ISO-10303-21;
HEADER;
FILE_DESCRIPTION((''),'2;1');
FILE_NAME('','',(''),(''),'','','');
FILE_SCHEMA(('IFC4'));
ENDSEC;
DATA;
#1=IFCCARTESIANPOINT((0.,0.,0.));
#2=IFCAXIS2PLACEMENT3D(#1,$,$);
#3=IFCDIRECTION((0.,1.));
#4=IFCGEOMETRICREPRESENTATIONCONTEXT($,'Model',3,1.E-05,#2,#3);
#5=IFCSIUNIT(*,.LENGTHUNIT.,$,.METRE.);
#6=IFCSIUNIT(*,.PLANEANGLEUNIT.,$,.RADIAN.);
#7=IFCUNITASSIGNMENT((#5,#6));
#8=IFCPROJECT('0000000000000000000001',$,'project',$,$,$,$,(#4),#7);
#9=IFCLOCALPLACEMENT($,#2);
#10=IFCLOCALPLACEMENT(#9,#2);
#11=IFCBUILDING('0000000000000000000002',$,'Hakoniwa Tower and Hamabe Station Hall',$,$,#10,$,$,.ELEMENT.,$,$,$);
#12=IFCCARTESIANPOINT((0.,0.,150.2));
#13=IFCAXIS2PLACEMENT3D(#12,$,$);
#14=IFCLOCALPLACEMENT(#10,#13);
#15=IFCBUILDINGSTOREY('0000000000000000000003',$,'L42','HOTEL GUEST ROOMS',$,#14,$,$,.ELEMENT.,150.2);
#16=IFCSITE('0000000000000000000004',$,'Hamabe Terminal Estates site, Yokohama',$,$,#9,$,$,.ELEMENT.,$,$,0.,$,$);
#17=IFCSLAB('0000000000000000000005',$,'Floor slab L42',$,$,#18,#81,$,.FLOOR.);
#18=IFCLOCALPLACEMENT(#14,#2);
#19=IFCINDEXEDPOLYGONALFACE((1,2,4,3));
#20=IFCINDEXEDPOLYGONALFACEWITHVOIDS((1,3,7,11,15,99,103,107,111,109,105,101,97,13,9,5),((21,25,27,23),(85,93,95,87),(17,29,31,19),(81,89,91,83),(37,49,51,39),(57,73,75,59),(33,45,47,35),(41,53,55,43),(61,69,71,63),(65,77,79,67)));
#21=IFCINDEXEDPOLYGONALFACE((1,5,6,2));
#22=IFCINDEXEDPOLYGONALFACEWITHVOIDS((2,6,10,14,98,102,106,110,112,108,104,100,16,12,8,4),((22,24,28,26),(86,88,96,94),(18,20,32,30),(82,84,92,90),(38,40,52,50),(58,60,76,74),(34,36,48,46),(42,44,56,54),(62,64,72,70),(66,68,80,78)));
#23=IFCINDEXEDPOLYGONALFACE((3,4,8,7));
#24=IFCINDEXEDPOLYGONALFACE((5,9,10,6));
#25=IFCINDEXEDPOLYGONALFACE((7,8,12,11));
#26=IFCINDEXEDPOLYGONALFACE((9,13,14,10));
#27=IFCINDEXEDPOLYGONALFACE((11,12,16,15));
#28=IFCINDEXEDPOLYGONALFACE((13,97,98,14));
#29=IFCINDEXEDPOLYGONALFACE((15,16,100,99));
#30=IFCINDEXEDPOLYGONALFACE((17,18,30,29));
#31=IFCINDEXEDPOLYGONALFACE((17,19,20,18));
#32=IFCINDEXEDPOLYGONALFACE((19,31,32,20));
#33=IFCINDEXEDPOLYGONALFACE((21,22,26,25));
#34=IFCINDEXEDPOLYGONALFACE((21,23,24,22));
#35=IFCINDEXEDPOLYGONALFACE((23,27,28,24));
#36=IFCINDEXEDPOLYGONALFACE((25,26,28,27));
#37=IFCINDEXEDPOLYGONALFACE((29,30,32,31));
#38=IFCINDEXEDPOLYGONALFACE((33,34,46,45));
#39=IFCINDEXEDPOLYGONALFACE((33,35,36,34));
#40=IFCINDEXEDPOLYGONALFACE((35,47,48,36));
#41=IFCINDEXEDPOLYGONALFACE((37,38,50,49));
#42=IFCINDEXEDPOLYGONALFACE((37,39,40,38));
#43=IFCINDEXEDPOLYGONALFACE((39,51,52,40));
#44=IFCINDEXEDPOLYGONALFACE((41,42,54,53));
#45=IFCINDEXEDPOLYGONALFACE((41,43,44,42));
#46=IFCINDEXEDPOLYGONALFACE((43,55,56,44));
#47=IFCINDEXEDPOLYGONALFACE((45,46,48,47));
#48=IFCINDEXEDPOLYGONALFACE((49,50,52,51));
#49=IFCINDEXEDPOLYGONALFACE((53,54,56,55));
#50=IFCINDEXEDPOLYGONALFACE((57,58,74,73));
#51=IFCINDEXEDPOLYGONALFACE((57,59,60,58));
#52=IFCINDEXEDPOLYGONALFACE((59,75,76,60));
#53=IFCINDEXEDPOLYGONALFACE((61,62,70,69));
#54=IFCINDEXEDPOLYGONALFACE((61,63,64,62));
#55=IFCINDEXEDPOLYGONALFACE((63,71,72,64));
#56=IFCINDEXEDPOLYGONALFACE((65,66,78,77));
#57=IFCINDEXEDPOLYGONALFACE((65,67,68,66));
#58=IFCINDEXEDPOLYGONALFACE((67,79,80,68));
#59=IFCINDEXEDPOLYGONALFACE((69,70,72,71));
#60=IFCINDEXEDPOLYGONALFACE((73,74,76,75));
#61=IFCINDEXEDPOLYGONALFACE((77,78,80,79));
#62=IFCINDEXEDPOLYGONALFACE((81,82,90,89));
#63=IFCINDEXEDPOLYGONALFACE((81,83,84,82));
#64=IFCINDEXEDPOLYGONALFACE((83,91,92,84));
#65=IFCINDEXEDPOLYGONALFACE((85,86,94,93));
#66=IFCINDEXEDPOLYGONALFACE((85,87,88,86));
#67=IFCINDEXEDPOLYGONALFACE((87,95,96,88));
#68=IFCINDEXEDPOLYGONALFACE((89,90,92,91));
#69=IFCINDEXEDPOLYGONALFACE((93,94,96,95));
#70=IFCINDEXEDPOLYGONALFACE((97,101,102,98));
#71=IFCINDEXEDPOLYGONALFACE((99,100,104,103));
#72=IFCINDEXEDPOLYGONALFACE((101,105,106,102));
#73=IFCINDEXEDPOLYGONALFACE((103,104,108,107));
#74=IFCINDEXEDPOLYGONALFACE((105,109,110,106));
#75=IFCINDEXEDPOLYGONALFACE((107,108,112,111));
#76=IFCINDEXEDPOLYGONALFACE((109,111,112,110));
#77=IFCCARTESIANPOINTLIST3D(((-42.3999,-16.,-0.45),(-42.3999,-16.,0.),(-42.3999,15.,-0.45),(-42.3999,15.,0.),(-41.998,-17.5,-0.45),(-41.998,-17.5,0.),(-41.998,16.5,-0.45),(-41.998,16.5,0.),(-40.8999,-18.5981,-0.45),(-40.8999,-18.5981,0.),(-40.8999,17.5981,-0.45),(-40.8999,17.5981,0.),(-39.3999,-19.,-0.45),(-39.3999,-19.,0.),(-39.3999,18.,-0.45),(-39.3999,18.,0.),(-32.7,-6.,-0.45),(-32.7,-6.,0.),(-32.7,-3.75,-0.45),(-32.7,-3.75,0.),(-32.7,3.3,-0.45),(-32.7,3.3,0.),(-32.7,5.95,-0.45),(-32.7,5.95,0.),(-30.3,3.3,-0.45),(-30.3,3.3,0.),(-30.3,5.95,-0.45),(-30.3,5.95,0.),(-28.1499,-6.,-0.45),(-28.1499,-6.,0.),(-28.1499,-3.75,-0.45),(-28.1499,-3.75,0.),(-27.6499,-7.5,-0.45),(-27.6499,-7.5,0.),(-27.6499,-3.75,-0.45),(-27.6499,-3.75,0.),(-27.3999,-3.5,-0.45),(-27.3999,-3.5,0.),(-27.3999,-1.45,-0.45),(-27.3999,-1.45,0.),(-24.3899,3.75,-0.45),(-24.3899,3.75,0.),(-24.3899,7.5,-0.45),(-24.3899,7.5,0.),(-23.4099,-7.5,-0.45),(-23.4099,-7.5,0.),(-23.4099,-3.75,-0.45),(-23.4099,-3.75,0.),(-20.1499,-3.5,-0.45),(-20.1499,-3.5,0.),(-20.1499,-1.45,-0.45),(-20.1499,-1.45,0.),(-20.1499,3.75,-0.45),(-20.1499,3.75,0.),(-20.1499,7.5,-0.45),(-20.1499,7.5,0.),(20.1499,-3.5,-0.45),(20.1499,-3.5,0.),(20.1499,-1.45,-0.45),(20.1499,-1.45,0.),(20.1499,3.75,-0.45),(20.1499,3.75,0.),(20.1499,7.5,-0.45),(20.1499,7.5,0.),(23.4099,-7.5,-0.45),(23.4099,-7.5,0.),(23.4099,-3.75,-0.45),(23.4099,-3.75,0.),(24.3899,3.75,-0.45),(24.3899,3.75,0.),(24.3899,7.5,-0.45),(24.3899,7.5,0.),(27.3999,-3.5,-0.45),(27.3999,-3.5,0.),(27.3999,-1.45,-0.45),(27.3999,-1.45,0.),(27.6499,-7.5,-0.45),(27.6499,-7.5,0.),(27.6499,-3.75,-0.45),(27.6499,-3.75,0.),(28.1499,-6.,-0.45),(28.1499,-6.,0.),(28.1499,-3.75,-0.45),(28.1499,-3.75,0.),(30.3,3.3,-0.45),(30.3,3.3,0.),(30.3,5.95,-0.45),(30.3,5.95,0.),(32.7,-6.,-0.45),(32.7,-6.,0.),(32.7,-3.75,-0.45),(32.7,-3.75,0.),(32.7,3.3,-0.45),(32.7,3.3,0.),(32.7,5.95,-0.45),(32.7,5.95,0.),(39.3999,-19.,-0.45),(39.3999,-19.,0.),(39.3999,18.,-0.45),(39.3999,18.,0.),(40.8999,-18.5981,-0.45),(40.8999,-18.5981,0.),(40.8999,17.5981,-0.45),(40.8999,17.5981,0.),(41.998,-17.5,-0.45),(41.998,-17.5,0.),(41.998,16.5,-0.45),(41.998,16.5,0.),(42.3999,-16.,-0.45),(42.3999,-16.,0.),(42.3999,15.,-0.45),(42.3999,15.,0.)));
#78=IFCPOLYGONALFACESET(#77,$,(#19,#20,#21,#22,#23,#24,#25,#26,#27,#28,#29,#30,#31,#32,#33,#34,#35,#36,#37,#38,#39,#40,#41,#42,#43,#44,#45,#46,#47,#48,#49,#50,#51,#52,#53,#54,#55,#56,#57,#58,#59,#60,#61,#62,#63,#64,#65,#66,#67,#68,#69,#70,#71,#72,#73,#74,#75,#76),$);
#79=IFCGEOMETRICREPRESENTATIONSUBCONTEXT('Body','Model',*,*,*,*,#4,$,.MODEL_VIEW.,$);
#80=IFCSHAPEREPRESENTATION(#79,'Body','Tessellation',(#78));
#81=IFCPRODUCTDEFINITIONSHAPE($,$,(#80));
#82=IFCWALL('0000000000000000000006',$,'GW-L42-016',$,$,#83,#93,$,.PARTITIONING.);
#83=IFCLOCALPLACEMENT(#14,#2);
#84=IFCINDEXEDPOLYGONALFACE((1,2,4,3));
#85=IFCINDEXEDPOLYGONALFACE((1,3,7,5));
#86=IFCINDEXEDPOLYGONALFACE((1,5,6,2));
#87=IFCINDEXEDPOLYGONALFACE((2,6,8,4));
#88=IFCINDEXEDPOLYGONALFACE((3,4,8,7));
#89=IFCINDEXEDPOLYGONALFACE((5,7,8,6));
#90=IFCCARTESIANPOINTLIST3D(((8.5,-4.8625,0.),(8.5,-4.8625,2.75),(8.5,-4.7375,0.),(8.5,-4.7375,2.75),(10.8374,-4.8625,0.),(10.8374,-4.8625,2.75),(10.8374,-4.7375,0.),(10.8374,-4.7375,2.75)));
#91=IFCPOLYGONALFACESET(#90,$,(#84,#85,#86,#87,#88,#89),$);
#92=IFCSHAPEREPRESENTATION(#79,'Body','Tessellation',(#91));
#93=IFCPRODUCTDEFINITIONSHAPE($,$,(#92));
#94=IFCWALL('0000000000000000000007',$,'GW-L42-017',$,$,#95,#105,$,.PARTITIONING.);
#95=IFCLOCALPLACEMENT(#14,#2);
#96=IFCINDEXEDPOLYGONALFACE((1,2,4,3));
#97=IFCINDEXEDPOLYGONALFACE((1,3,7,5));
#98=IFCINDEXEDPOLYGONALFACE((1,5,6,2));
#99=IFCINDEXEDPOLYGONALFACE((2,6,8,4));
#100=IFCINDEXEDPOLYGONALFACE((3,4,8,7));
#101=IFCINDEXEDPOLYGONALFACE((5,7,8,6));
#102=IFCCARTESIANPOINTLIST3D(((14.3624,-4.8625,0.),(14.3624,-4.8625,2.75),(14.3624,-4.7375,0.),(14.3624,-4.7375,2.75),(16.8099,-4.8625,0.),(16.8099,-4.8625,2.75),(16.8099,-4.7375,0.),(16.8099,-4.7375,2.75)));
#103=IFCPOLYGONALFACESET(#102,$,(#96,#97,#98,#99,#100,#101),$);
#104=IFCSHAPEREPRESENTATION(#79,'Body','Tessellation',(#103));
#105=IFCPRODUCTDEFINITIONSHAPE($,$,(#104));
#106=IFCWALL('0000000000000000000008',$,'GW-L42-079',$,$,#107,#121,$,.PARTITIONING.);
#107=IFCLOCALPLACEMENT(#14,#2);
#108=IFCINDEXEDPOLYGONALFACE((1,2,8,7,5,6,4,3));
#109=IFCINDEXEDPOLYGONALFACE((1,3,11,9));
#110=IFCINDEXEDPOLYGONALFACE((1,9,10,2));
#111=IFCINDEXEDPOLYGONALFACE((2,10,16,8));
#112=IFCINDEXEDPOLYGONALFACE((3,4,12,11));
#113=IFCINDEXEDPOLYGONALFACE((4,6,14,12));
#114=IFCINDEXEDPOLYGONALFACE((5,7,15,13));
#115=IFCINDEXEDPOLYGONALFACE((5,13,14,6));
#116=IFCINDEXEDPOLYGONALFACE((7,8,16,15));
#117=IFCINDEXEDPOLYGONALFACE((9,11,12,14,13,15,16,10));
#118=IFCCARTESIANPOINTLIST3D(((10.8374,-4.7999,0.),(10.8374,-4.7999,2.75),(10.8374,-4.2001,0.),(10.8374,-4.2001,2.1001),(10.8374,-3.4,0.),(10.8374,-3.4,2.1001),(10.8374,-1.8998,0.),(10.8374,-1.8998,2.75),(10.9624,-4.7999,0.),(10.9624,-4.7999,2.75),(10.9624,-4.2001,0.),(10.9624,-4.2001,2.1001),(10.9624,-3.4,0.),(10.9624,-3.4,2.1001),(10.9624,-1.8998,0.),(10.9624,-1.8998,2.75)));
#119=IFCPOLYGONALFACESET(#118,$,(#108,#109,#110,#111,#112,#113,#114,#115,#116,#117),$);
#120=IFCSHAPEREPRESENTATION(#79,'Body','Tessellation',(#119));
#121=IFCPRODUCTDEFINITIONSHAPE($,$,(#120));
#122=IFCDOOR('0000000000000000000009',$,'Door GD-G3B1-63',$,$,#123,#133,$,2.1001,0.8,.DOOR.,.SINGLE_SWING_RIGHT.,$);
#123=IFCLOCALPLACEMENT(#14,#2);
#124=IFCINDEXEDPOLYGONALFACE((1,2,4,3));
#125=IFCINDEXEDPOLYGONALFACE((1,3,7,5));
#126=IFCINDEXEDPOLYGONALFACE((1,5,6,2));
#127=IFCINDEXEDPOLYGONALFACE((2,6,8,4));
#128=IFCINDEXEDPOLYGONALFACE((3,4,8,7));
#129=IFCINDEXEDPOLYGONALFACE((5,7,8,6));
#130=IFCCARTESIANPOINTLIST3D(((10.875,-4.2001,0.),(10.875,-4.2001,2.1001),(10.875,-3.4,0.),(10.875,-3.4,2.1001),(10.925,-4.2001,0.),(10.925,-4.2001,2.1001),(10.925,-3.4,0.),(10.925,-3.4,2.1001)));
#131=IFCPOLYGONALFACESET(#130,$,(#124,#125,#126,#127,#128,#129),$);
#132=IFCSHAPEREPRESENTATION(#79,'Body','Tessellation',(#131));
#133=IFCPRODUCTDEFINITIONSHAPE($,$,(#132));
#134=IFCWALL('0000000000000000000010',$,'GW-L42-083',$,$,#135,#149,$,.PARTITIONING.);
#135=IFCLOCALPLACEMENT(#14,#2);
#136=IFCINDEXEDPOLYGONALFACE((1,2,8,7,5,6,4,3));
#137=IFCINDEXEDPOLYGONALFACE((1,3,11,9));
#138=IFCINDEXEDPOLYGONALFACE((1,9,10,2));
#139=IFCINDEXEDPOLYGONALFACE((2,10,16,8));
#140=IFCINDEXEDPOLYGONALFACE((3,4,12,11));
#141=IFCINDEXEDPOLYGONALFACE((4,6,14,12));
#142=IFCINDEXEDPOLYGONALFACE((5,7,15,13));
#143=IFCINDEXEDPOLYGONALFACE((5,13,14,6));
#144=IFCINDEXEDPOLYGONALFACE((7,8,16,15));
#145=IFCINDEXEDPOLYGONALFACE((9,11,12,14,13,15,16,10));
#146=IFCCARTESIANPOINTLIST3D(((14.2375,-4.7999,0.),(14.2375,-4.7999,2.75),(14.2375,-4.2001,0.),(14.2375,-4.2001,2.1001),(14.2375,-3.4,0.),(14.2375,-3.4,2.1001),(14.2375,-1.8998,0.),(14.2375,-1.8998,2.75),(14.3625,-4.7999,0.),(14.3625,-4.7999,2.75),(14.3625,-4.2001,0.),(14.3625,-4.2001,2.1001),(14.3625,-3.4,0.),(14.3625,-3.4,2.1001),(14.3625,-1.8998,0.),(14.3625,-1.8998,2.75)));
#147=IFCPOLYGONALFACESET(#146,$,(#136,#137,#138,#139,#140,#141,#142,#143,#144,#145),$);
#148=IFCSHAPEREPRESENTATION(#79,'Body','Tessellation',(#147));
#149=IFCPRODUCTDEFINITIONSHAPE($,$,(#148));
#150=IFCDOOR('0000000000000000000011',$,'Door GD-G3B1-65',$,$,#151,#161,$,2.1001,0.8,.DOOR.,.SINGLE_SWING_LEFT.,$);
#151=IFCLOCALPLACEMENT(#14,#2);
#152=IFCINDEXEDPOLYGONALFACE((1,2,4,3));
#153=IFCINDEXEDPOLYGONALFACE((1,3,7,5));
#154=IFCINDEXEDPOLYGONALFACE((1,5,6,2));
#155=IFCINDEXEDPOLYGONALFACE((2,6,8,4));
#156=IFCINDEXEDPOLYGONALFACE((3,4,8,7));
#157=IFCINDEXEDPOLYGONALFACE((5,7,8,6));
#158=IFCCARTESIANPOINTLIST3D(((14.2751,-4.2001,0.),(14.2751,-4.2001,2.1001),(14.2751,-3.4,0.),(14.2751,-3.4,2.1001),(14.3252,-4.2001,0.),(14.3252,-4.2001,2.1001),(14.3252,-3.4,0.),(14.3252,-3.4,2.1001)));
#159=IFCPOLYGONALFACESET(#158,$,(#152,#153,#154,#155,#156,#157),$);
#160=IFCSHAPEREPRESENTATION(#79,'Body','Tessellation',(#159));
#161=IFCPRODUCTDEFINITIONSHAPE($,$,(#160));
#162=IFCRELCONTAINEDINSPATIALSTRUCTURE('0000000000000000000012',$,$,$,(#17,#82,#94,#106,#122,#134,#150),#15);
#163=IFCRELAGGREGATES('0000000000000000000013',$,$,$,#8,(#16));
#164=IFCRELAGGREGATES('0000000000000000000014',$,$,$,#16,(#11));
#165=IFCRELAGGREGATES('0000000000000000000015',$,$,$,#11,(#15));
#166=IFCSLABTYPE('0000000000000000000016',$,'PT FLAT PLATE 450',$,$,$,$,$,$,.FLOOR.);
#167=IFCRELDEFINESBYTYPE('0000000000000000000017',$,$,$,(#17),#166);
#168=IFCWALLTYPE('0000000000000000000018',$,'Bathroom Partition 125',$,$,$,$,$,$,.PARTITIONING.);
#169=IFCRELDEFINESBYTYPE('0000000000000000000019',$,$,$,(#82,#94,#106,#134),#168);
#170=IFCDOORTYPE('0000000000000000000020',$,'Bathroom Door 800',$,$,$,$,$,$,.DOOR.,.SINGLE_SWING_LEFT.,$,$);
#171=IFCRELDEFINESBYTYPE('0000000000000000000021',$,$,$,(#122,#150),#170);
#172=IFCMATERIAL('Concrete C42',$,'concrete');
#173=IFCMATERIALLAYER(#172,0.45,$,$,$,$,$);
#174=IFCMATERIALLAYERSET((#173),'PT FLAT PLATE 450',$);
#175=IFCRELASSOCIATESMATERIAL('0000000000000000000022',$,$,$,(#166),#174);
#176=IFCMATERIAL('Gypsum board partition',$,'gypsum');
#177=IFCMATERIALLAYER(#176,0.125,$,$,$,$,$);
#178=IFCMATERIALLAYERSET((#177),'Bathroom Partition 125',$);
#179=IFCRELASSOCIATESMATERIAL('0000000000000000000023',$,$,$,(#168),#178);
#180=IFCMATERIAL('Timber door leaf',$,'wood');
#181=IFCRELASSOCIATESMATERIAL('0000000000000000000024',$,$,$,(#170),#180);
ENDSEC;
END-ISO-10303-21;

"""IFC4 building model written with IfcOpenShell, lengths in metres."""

from ifc_helpers import new_model, si_unit, direction, frame, frame_2d, origin, place, context, subcontext, project, spatial, polyline, rectangle, outline, extrude, material, layer, layer_set, type_object, element, fill, save


model = new_model("IFC4")

# Units and contexts
model_context = context("Model", 3, precision=1e-05, world=origin(), true_north=direction((0.0, 1.0)))
body_context = subcontext(model_context, "Body", "Model", "MODEL_VIEW")
ifc_project = project(units=[si_unit("LENGTHUNIT", "METRE"), si_unit("PLANEANGLEUNIT", "RADIAN")], contexts=[model_context])

# Site, building, storey
site_placement = place(None, origin())
site = spatial("IfcSite", under=ifc_project, at=site_placement, Name="Hamabe Terminal Estates site, Yokohama", CompositionType="ELEMENT", RefElevation=0.0)
building_placement = place(site_placement, origin())
building = spatial("IfcBuilding", under=site, at=building_placement, Name="Hakoniwa Tower and Hamabe Station Hall", CompositionType="ELEMENT")
storey_placement = place(building_placement, frame((0.0, 0.0, 150.2)))
storey = spatial("IfcBuildingStorey", under=building, at=storey_placement, Name="L42", Description="HOTEL GUEST ROOMS", CompositionType="ELEMENT", Elevation=150.2)

# Slab
ifc_material_1 = material(Name="Concrete C42", Category="concrete")
ifc_layer_1 = layer(ifc_material_1, 0.45)
ifc_layer_set_1 = layer_set([ifc_layer_1], Name="PT FLAT PLATE 450")
slab_type_1 = type_object("IfcSlabType", Name="PT FLAT PLATE 450", PredefinedType="FLOOR", material=ifc_layer_set_1)
slab_1_placement = place(storey_placement, frame((0.0, 0.0, -0.45)))
element("IfcSlab", 1, at=slab_1_placement, inside=storey, type_object=slab_type_1, Name="Floor slab L42", PredefinedType="FLOOR", context=body_context, shape_type="SweptSolid", body=[
    extrude(outline(polyline([(42.3999, -16.0), (42.3999, 15.0), (41.998, 16.5), (40.8999, 17.5981), (39.3999, 18.0), (-39.3999, 18.0), (-40.8999, 17.5981), (-41.998, 16.5), (-42.3999, 15.0), (-42.3999, -16.0), (-41.998, -17.5), (-40.8999, -18.5981), (-39.3999, -19.0), (39.3999, -19.0), (40.8999, -18.5981), (41.998, -17.5), (42.3999, -16.0)]), holes=[polyline([(-27.3999, -3.5), (-27.3999, -1.45), (-20.1499, -1.45), (-20.1499, -3.5), (-27.3999, -3.5)]), polyline([(-32.7, 3.3), (-32.7, 5.95), (-30.3, 5.95), (-30.3, 3.3), (-32.7, 3.3)]), polyline([(-32.7, -6.0), (-32.7, -3.75), (-28.1499, -3.75), (-28.1499, -6.0), (-32.7, -6.0)]), polyline([(-24.3899, 3.75), (-24.3899, 7.5), (-20.1499, 7.5), (-20.1499, 3.75), (-24.3899, 3.75)]), polyline([(-27.6499, -7.5), (-27.6499, -3.75), (-23.4099, -3.75), (-23.4099, -7.5), (-27.6499, -7.5)]), polyline([(20.1499, -3.5), (20.1499, -1.45), (27.3999, -1.45), (27.3999, -3.5), (20.1499, -3.5)]), polyline([(30.3, 3.3), (30.3, 5.95), (32.7, 5.95), (32.7, 3.3), (30.3, 3.3)]), polyline([(28.1499, -6.0), (28.1499, -3.75), (32.7, -3.75), (32.7, -6.0), (28.1499, -6.0)]), polyline([(20.1499, 3.75), (20.1499, 7.5), (24.3899, 7.5), (24.3899, 3.75), (20.1499, 3.75)]), polyline([(23.4099, -7.5), (23.4099, -3.75), (27.6499, -3.75), (27.6499, -7.5), (23.4099, -7.5)])]), origin(), (0.0, 0.0, 1.0), 0.45),
])

# Walls
ifc_material_2 = material(Name="Gypsum board partition", Category="gypsum")
ifc_layer_2 = layer(ifc_material_2, 0.125)
ifc_layer_set_2 = layer_set([ifc_layer_2], Name="Bathroom Partition 125")
wall_type_1 = type_object("IfcWallType", Name="Bathroom Partition 125", PredefinedType="PARTITIONING", material=ifc_layer_set_2)
wall_1_placement = place(storey_placement, frame((8.5, -4.8, 0.0), z_axis=(0.0, 0.0, 1.0), x_axis=(1.0, 0.0, 0.0)))
element("IfcWall", 2, at=wall_1_placement, inside=storey, type_object=wall_type_1, Name="GW-L42-016", PredefinedType="PARTITIONING", context=body_context, shape_type="SweptSolid", body=[
    extrude(rectangle(XDim=2.3374, YDim=0.125, at=frame_2d((1.1687, 0.0))), origin(), (0.0, 0.0, 1.0), 2.75),
])
wall_2_placement = place(storey_placement, frame((14.3625, -4.8, 0.0), z_axis=(0.0, 0.0, 1.0), x_axis=(1.0, 0.0, 0.0)))
element("IfcWall", 3, at=wall_2_placement, inside=storey, type_object=wall_type_1, Name="GW-L42-017", PredefinedType="PARTITIONING", context=body_context, shape_type="SweptSolid", body=[
    extrude(rectangle(XDim=2.4475, YDim=0.125, at=frame_2d((1.2236, 0.0))), origin(), (0.0, 0.0, 1.0), 2.75),
])

# Walls, openings, doors
wall_3_placement = place(storey_placement, frame((10.8999, -4.8, 0.0), z_axis=(0.0, 0.0, 1.0), x_axis=(0.0, 1.0, 0.0)))
wall_3 = element("IfcWall", 4, at=wall_3_placement, inside=storey, type_object=wall_type_1, Name="GW-L42-079", PredefinedType="PARTITIONING", context=body_context, shape_type="SweptSolid", body=[
    extrude(rectangle(XDim=2.9001, YDim=0.125, at=frame_2d((1.4502, 0.0))), origin(), (0.0, 0.0, 1.0), 2.75),
])
opening_1_placement = place(wall_3_placement, frame((0.6001, 0.0, 0.0)))
opening_1 = element("IfcOpeningElement", 5, at=opening_1_placement, cuts=wall_3, PredefinedType="OPENING", context=body_context, shape_type="SweptSolid", body=[
    extrude(rectangle(XDim=0.8, YDim=2.1001, at=frame_2d((0.3999, 1.05))), frame((0.0, 0.0725, 0.0), z_axis=(0.0, -1.0, 0.0), x_axis=(1.0, 0.0, 0.0)), (0.0, 0.0, 1.0), 0.145),
])
ifc_material_3 = material(Name="Timber door leaf", Category="wood")
door_type_1 = type_object("IfcDoorType", Name="Bathroom Door 800", OperationType="SINGLE_SWING_LEFT", PredefinedType="DOOR", material=ifc_material_3)
door_1_placement = place(opening_1_placement, origin())
door_1 = element("IfcDoor", 6, at=door_1_placement, inside=storey, type_object=door_type_1, Name="Door GD-G3B1-63", OperationType="SINGLE_SWING_RIGHT", OverallHeight=2.1001, OverallWidth=0.8, PredefinedType="DOOR", context=body_context, shape_type="SweptSolid", body=[
    extrude(rectangle(XDim=0.8, YDim=2.1001, at=frame_2d((0.3999, 1.05))), frame((0.0, 0.0249, 0.0), z_axis=(0.0, -1.0, 0.0), x_axis=(1.0, 0.0, 0.0)), (0.0, 0.0, 1.0), 0.05),
])
fill(opening_1, door_1)
wall_4_placement = place(storey_placement, frame((14.3, -4.8, 0.0), z_axis=(0.0, 0.0, 1.0), x_axis=(0.0, 1.0, 0.0)))
wall_4 = element("IfcWall", 7, at=wall_4_placement, inside=storey, type_object=wall_type_1, Name="GW-L42-083", PredefinedType="PARTITIONING", context=body_context, shape_type="SweptSolid", body=[
    extrude(rectangle(XDim=2.9001, YDim=0.125, at=frame_2d((1.4502, 0.0))), origin(), (0.0, 0.0, 1.0), 2.75),
])
opening_2_placement = place(wall_4_placement, frame((0.6001, 0.0, 0.0)))
opening_2 = element("IfcOpeningElement", 8, at=opening_2_placement, cuts=wall_4, PredefinedType="OPENING", context=body_context, shape_type="SweptSolid", body=[
    extrude(rectangle(XDim=0.8, YDim=2.1001, at=frame_2d((0.3999, 1.05))), frame((0.0, 0.0725, 0.0), z_axis=(0.0, -1.0, 0.0), x_axis=(1.0, 0.0, 0.0)), (0.0, 0.0, 1.0), 0.145),
])
door_2_placement = place(opening_2_placement, origin())
door_2 = element("IfcDoor", 9, at=door_2_placement, inside=storey, type_object=door_type_1, Name="Door GD-G3B1-65", OperationType="SINGLE_SWING_LEFT", OverallHeight=2.1001, OverallWidth=0.8, PredefinedType="DOOR", context=body_context, shape_type="SweptSolid", body=[
    extrude(rectangle(XDim=0.8, YDim=2.1001, at=frame_2d((0.3999, 1.05))), frame((0.0, 0.0249, 0.0), z_axis=(0.0, -1.0, 0.0), x_axis=(1.0, 0.0, 0.0)), (0.0, 0.0, 1.0), 0.05),
])
fill(opening_2, door_2)

save(model, "model.ifc")
